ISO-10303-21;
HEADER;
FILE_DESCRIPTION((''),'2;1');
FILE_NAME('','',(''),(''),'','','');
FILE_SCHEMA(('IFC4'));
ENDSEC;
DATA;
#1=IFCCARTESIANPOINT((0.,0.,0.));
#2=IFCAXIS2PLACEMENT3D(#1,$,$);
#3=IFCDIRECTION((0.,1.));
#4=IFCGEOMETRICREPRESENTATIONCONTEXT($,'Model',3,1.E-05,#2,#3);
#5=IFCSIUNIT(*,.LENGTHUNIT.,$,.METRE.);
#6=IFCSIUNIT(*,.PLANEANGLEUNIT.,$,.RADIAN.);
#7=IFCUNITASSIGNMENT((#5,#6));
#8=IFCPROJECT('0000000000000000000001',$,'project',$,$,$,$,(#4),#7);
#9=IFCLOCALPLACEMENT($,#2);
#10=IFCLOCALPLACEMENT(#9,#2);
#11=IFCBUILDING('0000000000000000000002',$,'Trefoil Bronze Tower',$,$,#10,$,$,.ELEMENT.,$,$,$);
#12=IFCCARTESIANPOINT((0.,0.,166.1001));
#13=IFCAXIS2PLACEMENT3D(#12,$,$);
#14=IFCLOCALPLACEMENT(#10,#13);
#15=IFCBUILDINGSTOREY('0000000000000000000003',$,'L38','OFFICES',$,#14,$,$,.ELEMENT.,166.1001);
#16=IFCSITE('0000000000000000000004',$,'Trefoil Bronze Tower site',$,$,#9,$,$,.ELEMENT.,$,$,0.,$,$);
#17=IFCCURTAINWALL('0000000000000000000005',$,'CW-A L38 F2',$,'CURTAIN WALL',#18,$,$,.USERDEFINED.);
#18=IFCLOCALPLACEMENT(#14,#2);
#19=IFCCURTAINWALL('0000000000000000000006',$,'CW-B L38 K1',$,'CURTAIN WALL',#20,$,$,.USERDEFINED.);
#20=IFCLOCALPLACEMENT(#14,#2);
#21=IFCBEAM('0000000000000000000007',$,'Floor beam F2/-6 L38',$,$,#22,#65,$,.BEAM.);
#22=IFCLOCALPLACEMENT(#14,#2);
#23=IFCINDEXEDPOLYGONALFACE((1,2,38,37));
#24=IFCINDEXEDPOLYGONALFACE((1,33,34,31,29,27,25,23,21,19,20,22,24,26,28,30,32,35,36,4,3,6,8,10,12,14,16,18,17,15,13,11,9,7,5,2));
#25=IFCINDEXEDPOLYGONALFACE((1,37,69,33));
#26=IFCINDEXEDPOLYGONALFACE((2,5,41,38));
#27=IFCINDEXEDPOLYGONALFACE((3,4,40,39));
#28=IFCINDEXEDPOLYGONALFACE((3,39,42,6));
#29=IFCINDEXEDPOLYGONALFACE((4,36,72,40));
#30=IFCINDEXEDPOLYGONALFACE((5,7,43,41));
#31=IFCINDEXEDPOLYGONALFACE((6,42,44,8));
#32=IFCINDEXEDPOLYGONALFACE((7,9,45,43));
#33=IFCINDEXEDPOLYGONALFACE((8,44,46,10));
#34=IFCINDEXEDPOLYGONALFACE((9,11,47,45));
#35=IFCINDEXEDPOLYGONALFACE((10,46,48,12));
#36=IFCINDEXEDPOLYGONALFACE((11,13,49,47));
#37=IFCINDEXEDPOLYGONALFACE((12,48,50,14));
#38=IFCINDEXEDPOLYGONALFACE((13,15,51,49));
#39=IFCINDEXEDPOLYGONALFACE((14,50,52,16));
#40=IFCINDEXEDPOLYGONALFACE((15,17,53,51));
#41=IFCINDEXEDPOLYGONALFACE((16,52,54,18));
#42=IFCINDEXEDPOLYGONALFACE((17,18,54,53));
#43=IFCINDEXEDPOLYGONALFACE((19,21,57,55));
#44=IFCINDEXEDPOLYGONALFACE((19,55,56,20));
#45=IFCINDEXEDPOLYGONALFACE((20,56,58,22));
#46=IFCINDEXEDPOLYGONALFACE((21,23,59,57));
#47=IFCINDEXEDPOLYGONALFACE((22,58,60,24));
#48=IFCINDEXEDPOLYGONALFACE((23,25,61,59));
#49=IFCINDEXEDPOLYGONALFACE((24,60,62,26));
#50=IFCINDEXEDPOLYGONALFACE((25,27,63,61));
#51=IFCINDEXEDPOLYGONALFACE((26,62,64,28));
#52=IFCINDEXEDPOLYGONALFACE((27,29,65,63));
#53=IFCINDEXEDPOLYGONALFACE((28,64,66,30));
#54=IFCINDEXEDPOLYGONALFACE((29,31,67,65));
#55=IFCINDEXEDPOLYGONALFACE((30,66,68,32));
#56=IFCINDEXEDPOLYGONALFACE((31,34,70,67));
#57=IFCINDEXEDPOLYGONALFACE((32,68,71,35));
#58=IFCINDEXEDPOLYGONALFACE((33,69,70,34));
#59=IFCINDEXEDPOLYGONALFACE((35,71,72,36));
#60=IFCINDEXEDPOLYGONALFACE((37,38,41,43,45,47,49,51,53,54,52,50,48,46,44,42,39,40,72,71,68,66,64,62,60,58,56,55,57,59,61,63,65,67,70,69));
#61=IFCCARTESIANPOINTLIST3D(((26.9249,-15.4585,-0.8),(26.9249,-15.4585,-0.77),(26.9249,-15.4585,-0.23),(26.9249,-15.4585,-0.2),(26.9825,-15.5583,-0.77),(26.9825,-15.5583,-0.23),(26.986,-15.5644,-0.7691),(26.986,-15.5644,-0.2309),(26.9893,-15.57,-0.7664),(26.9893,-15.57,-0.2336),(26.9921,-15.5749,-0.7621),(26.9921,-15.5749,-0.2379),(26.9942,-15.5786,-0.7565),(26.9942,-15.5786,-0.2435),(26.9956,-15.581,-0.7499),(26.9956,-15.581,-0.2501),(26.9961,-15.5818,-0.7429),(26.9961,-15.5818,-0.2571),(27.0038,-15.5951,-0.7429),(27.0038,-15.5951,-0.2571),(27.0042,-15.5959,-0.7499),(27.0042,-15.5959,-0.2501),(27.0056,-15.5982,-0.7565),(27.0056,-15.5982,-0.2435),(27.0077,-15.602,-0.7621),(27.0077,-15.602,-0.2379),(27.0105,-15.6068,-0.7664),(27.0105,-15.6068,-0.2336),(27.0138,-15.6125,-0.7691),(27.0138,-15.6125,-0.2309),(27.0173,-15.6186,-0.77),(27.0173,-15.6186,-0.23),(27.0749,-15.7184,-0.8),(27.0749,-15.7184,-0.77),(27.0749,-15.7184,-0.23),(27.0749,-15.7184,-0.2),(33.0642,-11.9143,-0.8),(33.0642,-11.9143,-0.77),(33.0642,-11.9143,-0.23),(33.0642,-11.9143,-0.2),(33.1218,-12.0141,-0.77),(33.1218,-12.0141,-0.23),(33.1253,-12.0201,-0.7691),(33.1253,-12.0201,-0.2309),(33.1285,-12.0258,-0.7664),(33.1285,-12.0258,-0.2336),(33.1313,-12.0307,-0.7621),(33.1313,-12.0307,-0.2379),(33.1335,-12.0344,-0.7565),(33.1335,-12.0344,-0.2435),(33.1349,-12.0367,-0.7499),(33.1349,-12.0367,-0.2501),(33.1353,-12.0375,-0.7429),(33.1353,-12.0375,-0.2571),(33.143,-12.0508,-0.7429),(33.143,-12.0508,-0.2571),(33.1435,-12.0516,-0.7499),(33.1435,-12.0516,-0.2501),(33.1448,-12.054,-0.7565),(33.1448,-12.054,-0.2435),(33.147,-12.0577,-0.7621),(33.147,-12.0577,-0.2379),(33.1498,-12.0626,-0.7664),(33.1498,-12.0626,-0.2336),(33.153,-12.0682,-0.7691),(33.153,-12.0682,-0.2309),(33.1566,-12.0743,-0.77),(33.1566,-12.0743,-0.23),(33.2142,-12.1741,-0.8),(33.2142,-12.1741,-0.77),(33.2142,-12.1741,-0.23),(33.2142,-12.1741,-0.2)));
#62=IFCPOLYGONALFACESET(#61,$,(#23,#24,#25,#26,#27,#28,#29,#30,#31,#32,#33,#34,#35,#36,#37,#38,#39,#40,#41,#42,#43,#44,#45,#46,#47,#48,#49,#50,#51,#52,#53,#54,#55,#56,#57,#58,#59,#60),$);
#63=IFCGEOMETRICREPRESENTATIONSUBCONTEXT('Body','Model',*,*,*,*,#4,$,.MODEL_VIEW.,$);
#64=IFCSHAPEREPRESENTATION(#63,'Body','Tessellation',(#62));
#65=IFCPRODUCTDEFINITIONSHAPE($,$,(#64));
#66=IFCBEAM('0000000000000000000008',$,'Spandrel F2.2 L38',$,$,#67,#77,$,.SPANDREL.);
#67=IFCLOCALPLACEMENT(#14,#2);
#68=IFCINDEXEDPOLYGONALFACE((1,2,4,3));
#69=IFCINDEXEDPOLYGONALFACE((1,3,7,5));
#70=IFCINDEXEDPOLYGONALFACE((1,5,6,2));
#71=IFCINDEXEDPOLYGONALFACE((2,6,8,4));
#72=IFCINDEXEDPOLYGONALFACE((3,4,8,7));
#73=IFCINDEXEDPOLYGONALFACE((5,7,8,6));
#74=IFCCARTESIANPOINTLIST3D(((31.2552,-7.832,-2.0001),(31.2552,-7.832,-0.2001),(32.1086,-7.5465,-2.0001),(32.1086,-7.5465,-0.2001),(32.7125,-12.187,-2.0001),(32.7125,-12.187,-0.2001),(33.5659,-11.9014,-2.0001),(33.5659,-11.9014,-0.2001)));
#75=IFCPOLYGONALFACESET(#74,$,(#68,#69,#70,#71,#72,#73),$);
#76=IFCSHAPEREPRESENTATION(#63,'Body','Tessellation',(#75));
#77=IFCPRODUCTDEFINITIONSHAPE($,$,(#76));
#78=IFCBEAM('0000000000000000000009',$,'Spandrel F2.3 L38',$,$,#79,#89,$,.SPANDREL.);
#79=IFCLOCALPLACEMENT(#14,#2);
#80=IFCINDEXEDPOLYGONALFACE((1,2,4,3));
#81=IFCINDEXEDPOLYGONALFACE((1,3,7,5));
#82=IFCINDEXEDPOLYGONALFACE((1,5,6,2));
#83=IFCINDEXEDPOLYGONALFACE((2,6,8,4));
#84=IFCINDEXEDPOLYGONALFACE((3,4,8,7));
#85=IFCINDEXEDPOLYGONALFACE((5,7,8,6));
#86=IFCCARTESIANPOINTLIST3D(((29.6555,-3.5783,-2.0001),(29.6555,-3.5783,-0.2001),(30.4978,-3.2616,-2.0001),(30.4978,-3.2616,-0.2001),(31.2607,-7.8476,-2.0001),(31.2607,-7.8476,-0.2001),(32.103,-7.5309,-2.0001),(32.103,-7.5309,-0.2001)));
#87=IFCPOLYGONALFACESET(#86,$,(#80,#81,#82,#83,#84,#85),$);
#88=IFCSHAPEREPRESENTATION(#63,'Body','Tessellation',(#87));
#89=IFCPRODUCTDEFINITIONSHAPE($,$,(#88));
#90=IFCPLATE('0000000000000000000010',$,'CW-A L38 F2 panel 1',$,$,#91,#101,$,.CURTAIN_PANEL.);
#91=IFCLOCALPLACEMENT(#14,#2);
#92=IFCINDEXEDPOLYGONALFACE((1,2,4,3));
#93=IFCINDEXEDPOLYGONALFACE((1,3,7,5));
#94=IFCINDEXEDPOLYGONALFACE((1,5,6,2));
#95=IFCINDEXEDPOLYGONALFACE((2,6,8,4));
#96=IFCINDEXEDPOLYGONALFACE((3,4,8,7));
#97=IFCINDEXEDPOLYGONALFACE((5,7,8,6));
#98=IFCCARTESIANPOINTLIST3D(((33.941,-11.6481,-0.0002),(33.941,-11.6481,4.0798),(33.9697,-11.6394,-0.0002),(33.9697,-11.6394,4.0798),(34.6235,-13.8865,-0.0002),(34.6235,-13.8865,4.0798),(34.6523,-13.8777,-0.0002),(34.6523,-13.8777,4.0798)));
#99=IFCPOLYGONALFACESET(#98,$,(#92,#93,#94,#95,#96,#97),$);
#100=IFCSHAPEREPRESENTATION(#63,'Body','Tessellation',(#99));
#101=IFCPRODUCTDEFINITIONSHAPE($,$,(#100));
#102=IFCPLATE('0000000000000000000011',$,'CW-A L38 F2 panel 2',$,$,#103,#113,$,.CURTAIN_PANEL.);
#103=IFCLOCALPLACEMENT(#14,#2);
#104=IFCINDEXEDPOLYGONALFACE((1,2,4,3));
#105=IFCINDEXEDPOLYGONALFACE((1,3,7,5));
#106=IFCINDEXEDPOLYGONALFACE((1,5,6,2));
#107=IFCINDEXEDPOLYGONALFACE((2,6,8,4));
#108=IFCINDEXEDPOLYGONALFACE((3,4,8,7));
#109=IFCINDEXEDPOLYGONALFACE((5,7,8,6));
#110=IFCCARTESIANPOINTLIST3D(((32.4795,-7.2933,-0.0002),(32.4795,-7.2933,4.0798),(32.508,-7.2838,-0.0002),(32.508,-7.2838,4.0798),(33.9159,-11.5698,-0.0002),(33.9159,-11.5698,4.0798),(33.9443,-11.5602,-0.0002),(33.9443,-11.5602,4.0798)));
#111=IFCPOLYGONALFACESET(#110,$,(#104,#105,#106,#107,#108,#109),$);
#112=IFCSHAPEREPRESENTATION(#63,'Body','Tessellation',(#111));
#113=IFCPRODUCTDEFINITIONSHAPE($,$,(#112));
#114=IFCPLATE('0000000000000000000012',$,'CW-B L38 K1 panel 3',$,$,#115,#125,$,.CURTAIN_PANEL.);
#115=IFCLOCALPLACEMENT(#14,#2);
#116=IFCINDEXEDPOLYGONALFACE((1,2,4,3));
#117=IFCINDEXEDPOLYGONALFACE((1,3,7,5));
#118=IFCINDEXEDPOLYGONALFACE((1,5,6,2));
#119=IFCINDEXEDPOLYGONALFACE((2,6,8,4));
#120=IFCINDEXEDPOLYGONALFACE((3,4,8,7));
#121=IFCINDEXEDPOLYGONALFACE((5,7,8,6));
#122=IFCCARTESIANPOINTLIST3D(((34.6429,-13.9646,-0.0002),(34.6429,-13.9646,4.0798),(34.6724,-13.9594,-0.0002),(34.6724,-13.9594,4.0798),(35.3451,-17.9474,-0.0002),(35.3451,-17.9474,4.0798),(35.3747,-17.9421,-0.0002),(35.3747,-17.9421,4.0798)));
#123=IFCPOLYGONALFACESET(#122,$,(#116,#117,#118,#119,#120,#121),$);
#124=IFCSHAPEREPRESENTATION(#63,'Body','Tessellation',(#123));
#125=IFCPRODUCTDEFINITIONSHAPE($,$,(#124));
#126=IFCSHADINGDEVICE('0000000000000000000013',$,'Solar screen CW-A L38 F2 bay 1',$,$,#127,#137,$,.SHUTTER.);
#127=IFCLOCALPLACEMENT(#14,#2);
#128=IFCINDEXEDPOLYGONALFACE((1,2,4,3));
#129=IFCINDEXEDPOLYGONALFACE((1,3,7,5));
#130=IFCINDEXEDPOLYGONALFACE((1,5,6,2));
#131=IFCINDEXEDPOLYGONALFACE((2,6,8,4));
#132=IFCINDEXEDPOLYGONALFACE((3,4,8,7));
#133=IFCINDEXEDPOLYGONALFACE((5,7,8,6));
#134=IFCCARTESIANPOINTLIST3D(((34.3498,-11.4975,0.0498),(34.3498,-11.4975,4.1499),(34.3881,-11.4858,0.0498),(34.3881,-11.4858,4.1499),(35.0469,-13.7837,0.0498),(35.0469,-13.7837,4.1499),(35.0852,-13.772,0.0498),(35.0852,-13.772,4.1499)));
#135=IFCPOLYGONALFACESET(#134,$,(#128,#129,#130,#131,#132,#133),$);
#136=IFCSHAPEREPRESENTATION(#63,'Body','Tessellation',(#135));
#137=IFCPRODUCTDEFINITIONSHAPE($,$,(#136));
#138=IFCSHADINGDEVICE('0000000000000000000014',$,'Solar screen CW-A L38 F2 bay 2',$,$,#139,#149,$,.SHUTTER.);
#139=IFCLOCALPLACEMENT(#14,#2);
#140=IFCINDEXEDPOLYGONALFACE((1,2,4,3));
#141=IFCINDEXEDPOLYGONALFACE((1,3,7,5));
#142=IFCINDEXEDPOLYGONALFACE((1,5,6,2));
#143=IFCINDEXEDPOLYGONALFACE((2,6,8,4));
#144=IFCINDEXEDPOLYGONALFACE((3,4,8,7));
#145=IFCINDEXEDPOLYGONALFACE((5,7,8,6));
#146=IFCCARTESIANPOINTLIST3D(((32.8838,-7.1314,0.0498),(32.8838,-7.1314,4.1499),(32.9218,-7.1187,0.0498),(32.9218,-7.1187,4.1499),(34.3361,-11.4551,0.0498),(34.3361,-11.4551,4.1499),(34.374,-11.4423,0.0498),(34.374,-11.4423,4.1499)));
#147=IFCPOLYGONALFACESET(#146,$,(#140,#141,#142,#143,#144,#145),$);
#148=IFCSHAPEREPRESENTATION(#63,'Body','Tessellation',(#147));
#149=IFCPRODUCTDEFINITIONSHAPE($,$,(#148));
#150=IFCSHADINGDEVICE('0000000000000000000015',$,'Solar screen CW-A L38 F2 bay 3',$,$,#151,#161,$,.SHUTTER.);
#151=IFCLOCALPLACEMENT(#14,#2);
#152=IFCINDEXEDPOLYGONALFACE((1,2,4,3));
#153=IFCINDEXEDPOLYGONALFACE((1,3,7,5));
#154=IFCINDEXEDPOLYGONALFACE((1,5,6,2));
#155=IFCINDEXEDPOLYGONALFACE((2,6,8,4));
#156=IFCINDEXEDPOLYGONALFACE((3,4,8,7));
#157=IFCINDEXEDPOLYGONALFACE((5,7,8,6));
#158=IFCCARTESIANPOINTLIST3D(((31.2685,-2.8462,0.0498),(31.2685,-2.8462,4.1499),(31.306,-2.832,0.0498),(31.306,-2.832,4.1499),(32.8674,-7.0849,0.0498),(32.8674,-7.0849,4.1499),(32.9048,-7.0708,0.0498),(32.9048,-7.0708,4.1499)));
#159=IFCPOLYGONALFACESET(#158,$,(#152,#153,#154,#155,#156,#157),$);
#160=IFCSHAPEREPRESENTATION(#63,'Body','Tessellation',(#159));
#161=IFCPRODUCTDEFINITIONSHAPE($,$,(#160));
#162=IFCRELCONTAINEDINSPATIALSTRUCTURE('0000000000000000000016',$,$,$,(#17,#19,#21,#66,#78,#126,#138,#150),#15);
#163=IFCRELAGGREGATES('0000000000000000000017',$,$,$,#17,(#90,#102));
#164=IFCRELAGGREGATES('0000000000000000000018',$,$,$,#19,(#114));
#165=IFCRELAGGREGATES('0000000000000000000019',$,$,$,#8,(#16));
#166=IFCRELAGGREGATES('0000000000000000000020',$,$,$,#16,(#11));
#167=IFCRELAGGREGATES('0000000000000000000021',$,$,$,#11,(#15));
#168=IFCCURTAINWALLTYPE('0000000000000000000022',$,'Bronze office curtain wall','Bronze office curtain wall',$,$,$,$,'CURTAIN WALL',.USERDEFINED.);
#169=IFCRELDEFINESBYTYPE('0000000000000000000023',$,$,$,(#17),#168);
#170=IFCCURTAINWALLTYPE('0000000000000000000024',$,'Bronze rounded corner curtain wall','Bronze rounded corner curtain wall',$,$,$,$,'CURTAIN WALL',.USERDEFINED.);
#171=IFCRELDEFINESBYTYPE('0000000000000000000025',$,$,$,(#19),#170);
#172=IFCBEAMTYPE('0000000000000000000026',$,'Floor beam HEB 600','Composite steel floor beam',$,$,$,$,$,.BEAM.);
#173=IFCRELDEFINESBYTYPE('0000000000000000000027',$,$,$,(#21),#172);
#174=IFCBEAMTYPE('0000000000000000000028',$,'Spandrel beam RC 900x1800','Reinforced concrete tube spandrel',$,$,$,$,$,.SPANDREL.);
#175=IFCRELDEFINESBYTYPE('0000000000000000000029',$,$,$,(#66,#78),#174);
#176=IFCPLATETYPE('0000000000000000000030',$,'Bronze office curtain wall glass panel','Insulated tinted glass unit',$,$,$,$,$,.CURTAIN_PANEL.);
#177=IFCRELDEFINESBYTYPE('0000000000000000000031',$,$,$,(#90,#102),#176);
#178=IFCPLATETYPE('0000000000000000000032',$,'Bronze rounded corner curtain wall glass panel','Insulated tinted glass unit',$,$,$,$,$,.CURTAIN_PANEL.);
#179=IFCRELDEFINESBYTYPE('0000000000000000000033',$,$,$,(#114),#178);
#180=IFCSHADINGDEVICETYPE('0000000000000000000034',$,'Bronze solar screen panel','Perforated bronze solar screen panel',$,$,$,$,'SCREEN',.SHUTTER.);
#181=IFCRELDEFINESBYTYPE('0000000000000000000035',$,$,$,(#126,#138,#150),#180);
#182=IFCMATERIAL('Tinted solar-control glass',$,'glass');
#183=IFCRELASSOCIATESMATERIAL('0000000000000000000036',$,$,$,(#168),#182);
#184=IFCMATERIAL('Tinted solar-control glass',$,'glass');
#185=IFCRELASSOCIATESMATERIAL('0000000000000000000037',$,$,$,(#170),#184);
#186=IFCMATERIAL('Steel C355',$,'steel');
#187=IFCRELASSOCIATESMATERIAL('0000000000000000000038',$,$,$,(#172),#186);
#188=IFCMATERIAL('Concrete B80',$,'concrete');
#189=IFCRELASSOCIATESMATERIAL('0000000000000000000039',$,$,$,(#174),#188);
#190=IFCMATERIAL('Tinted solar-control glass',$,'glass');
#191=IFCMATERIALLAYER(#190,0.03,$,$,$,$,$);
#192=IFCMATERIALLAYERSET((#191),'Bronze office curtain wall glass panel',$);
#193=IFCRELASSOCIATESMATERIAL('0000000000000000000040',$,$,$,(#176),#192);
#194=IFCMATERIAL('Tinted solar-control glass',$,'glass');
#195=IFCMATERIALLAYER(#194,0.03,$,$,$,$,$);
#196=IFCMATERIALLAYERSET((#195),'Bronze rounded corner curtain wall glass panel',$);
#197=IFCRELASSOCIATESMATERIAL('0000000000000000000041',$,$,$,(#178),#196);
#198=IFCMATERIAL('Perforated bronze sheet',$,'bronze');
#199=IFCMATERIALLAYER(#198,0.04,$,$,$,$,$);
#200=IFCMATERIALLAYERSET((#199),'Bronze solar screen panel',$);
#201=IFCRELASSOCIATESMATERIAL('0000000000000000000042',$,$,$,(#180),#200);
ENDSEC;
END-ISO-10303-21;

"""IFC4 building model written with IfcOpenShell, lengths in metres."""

from ifc_helpers import new_model, si_unit, direction, frame, origin, origin_2d, place, context, subcontext, project, spatial, rectangle, i_section, extrude, material, layer, layer_set, material_profile, profile_set, type_object, element, aggregate, save


model = new_model("IFC4")

# Units and contexts
model_context = context("Model", 3, precision=1e-05, world=origin(), true_north=direction((0.0, 1.0)))
body_context = subcontext(model_context, "Body", "Model", "MODEL_VIEW")
ifc_project = project(units=[si_unit("LENGTHUNIT", "METRE"), si_unit("PLANEANGLEUNIT", "RADIAN")], contexts=[model_context])

# Site, building, storey
site_placement = place(None, origin())
site = spatial("IfcSite", under=ifc_project, at=site_placement, Name="Trefoil Bronze Tower site", CompositionType="ELEMENT", RefElevation=0.0)
building_placement = place(site_placement, origin())
building = spatial("IfcBuilding", under=site, at=building_placement, Name="Trefoil Bronze Tower", CompositionType="ELEMENT")
storey_placement = place(building_placement, frame((0.0, 0.0, 166.1001)))
storey = spatial("IfcBuildingStorey", under=building, at=storey_placement, Name="L38", Description="OFFICES", CompositionType="ELEMENT", Elevation=166.1001)

# Curtain wall
ifc_material_1 = material(Name="Tinted solar-control glass", Category="glass")
curtain_wall_type_1 = type_object("IfcCurtainWallType", Name="Bronze office curtain wall", Description="Bronze office curtain wall", ElementType="CURTAIN WALL", PredefinedType="USERDEFINED", material=ifc_material_1)
curtain_wall_1_placement = place(storey_placement, origin())
curtain_wall_1 = element("IfcCurtainWall", 1, at=curtain_wall_1_placement, inside=storey, type_object=curtain_wall_type_1, Name="CW-A L38 F2", ObjectType="CURTAIN WALL", PredefinedType="USERDEFINED")

# Curtain wall
ifc_material_2 = material(Name="Tinted solar-control glass", Category="glass")
curtain_wall_type_2 = type_object("IfcCurtainWallType", Name="Bronze rounded corner curtain wall", Description="Bronze rounded corner curtain wall", ElementType="CURTAIN WALL", PredefinedType="USERDEFINED", material=ifc_material_2)
curtain_wall_2_placement = place(storey_placement, origin())
curtain_wall_2 = element("IfcCurtainWall", 2, at=curtain_wall_2_placement, inside=storey, type_object=curtain_wall_type_2, Name="CW-B L38 K1", ObjectType="CURTAIN WALL", PredefinedType="USERDEFINED")

# Beams
ifc_material_3 = material(Name="Steel C355", Category="steel")
ifc_material_profile_1 = material_profile(ifc_material_3, i_section(OverallWidth=0.3, OverallDepth=0.6001, WebThickness=0.0154, FlangeThickness=0.03, FilletRadius=0.0271, at=origin_2d()), Name="HEB 600")
ifc_profile_set_1 = profile_set([ifc_material_profile_1], Name="Steel C355")
beam_type_1 = type_object("IfcBeamType", Name="Floor beam HEB 600", Description="Composite steel floor beam", PredefinedType="BEAM", material=ifc_profile_set_1)
beam_1_placement = place(storey_placement, frame((33.1392, -12.0442, -0.5), z_axis=(-0.866041, -0.499973, 0.0), x_axis=(0.499973, -0.866041, 0.0)))
element("IfcBeam", 3, at=beam_1_placement, inside=storey, type_object=beam_type_1, Name="Floor beam F2/-6 L38", PredefinedType="BEAM", context=body_context, shape_type="SweptSolid", body=[
    extrude(i_section(OverallWidth=0.3, OverallDepth=0.6001, WebThickness=0.0154, FlangeThickness=0.03, FilletRadius=0.0271, at=origin_2d()), origin(), (0.0, 0.0, 1.0), 7.0889),
])
ifc_material_4 = material(Name="Concrete B80", Category="concrete")
ifc_material_profile_2 = material_profile(ifc_material_4, rectangle(XDim=0.8999, YDim=1.8, at=origin_2d()), Name="RC 900x1800")
ifc_profile_set_2 = profile_set([ifc_material_profile_2], Name="Concrete B80")
beam_type_2 = type_object("IfcBeamType", Name="Spandrel beam RC 900x1800", Description="Reinforced concrete tube spandrel", PredefinedType="SPANDREL", material=ifc_profile_set_2)
beam_2_placement = place(storey_placement, frame((33.1392, -12.0442, -1.1001), z_axis=(-0.317328, 0.948316, 0.0), x_axis=(-0.948316, -0.317328, 0.0)))
element("IfcBeam", 4, at=beam_2_placement, inside=storey, type_object=beam_type_2, Name="Spandrel F2.2 L38", PredefinedType="SPANDREL", context=body_context, shape_type="SweptSolid", body=[
    extrude(rectangle(XDim=0.8999, YDim=1.8, at=origin_2d()), origin(), (0.0, 0.0, 1.0), 4.5923),
])
beam_3_placement = place(storey_placement, frame((31.6819, -7.6892, -1.1001), z_axis=(-0.351939, 0.936023, 0.0), x_axis=(-0.936023, -0.351939, 0.0)))
element("IfcBeam", 5, at=beam_3_placement, inside=storey, type_object=beam_type_2, Name="Spandrel F2.3 L38", PredefinedType="SPANDREL", context=body_context, shape_type="SweptSolid", body=[
    extrude(rectangle(XDim=0.8999, YDim=1.8, at=origin_2d()), origin(), (0.0, 0.0, 1.0), 4.561),
])

# Plates
ifc_material_5 = material(Name="Tinted solar-control glass", Category="glass")
ifc_layer_1 = layer(ifc_material_5, 0.03)
ifc_layer_set_1 = layer_set([ifc_layer_1], Name="Bronze office curtain wall glass panel")
plate_type_1 = type_object("IfcPlateType", Name="Bronze office curtain wall glass panel", Description="Insulated tinted glass unit", PredefinedType="CURTAIN_PANEL", material=ifc_layer_set_1)
plate_1_placement = place(storey_placement, frame((34.2966, -12.7629, -0.0002), z_axis=(0.0, 0.0, 1.0), x_axis=(-0.291669, 0.956519, 0.0)))
plate_1 = element("IfcPlate", 6, at=plate_1_placement, type_object=plate_type_1, Name="CW-A L38 F2 panel 1", PredefinedType="CURTAIN_PANEL", context=body_context, shape_type="SweptSolid", body=[
    extrude(rectangle(XDim=2.3401, YDim=0.03, at=origin_2d()), origin(), (0.0, 0.0, 1.0), 4.0801),
])
plate_2_placement = place(storey_placement, frame((33.2119, -9.4268, -0.0002), z_axis=(0.0, 0.0, 1.0), x_axis=(-0.318404, 0.947955, 0.0)))
plate_2 = element("IfcPlate", 7, at=plate_2_placement, type_object=plate_type_1, Name="CW-A L38 F2 panel 2", PredefinedType="CURTAIN_PANEL", context=body_context, shape_type="SweptSolid", body=[
    extrude(rectangle(XDim=4.5112, YDim=0.03, at=origin_2d()), origin(), (0.0, 0.0, 1.0), 4.0801),
])
aggregate(curtain_wall_1, [plate_1, plate_2])
ifc_material_6 = material(Name="Tinted solar-control glass", Category="glass")
ifc_layer_2 = layer(ifc_material_6, 0.03)
ifc_layer_set_2 = layer_set([ifc_layer_2], Name="Bronze rounded corner curtain wall glass panel")
plate_type_2 = type_object("IfcPlateType", Name="Bronze rounded corner curtain wall glass panel", Description="Insulated tinted glass unit", PredefinedType="CURTAIN_PANEL", material=ifc_layer_set_2)
plate_3_placement = place(storey_placement, frame((35.0088, -15.9534, -0.0002), z_axis=(0.0, 0.0, 1.0), x_axis=(-0.173648, 0.984808, 0.0)))
plate_3 = element("IfcPlate", 8, at=plate_3_placement, type_object=plate_type_2, Name="CW-B L38 K1 panel 3", PredefinedType="CURTAIN_PANEL", context=body_context, shape_type="SweptSolid", body=[
    extrude(rectangle(XDim=4.0442, YDim=0.03, at=origin_2d()), origin(), (0.0, 0.0, 1.0), 4.0801),
])
aggregate(curtain_wall_2, [plate_3])

# Shading devices
ifc_material_7 = material(Name="Perforated bronze sheet", Category="bronze")
ifc_layer_3 = layer(ifc_material_7, 0.04)
ifc_layer_set_3 = layer_set([ifc_layer_3], Name="Bronze solar screen panel")
shading_device_type = type_object("IfcShadingDeviceType", Name="Bronze solar screen panel", Description="Perforated bronze solar screen panel", ElementType="SCREEN", PredefinedType="SHUTTER", material=ifc_layer_set_3)
shading_device_1_placement = place(storey_placement, frame((34.7175, -12.6348, 0.0498), z_axis=(0.0, 0.0, 1.0), x_axis=(-0.291669, 0.956519, 0.0)))
element("IfcShadingDevice", 9, at=shading_device_1_placement, inside=storey, type_object=shading_device_type, Name="Solar screen CW-A L38 F2 bay 1", PredefinedType="SHUTTER", context=body_context, shape_type="SweptSolid", body=[
    extrude(rectangle(XDim=2.3901, YDim=0.04, at=origin_2d()), origin(), (0.0, 0.0, 1.0), 4.1001),
])
shading_device_2_placement = place(storey_placement, frame((33.6289, -9.2869, 0.0498), z_axis=(0.0, 0.0, 1.0), x_axis=(-0.318404, 0.947955, 0.0)))
element("IfcShadingDevice", 10, at=shading_device_2_placement, inside=storey, type_object=shading_device_type, Name="Solar screen CW-A L38 F2 bay 2", PredefinedType="SHUTTER", context=body_context, shape_type="SweptSolid", body=[
    extrude(rectangle(XDim=4.561, YDim=0.04, at=origin_2d()), origin(), (0.0, 0.0, 1.0), 4.1001),
])
shading_device_3_placement = place(storey_placement, frame((32.0867, -4.9585, 0.0498), z_axis=(0.0, 0.0, 1.0), x_axis=(-0.35292, 0.935654, 0.0)))
element("IfcShadingDevice", 11, at=shading_device_3_placement, inside=storey, type_object=shading_device_type, Name="Solar screen CW-A L38 F2 bay 3", PredefinedType="SHUTTER", context=body_context, shape_type="SweptSolid", body=[
    extrude(rectangle(XDim=4.5303, YDim=0.04, at=origin_2d()), origin(), (0.0, 0.0, 1.0), 4.1001),
])

save(model, "model.ifc")
